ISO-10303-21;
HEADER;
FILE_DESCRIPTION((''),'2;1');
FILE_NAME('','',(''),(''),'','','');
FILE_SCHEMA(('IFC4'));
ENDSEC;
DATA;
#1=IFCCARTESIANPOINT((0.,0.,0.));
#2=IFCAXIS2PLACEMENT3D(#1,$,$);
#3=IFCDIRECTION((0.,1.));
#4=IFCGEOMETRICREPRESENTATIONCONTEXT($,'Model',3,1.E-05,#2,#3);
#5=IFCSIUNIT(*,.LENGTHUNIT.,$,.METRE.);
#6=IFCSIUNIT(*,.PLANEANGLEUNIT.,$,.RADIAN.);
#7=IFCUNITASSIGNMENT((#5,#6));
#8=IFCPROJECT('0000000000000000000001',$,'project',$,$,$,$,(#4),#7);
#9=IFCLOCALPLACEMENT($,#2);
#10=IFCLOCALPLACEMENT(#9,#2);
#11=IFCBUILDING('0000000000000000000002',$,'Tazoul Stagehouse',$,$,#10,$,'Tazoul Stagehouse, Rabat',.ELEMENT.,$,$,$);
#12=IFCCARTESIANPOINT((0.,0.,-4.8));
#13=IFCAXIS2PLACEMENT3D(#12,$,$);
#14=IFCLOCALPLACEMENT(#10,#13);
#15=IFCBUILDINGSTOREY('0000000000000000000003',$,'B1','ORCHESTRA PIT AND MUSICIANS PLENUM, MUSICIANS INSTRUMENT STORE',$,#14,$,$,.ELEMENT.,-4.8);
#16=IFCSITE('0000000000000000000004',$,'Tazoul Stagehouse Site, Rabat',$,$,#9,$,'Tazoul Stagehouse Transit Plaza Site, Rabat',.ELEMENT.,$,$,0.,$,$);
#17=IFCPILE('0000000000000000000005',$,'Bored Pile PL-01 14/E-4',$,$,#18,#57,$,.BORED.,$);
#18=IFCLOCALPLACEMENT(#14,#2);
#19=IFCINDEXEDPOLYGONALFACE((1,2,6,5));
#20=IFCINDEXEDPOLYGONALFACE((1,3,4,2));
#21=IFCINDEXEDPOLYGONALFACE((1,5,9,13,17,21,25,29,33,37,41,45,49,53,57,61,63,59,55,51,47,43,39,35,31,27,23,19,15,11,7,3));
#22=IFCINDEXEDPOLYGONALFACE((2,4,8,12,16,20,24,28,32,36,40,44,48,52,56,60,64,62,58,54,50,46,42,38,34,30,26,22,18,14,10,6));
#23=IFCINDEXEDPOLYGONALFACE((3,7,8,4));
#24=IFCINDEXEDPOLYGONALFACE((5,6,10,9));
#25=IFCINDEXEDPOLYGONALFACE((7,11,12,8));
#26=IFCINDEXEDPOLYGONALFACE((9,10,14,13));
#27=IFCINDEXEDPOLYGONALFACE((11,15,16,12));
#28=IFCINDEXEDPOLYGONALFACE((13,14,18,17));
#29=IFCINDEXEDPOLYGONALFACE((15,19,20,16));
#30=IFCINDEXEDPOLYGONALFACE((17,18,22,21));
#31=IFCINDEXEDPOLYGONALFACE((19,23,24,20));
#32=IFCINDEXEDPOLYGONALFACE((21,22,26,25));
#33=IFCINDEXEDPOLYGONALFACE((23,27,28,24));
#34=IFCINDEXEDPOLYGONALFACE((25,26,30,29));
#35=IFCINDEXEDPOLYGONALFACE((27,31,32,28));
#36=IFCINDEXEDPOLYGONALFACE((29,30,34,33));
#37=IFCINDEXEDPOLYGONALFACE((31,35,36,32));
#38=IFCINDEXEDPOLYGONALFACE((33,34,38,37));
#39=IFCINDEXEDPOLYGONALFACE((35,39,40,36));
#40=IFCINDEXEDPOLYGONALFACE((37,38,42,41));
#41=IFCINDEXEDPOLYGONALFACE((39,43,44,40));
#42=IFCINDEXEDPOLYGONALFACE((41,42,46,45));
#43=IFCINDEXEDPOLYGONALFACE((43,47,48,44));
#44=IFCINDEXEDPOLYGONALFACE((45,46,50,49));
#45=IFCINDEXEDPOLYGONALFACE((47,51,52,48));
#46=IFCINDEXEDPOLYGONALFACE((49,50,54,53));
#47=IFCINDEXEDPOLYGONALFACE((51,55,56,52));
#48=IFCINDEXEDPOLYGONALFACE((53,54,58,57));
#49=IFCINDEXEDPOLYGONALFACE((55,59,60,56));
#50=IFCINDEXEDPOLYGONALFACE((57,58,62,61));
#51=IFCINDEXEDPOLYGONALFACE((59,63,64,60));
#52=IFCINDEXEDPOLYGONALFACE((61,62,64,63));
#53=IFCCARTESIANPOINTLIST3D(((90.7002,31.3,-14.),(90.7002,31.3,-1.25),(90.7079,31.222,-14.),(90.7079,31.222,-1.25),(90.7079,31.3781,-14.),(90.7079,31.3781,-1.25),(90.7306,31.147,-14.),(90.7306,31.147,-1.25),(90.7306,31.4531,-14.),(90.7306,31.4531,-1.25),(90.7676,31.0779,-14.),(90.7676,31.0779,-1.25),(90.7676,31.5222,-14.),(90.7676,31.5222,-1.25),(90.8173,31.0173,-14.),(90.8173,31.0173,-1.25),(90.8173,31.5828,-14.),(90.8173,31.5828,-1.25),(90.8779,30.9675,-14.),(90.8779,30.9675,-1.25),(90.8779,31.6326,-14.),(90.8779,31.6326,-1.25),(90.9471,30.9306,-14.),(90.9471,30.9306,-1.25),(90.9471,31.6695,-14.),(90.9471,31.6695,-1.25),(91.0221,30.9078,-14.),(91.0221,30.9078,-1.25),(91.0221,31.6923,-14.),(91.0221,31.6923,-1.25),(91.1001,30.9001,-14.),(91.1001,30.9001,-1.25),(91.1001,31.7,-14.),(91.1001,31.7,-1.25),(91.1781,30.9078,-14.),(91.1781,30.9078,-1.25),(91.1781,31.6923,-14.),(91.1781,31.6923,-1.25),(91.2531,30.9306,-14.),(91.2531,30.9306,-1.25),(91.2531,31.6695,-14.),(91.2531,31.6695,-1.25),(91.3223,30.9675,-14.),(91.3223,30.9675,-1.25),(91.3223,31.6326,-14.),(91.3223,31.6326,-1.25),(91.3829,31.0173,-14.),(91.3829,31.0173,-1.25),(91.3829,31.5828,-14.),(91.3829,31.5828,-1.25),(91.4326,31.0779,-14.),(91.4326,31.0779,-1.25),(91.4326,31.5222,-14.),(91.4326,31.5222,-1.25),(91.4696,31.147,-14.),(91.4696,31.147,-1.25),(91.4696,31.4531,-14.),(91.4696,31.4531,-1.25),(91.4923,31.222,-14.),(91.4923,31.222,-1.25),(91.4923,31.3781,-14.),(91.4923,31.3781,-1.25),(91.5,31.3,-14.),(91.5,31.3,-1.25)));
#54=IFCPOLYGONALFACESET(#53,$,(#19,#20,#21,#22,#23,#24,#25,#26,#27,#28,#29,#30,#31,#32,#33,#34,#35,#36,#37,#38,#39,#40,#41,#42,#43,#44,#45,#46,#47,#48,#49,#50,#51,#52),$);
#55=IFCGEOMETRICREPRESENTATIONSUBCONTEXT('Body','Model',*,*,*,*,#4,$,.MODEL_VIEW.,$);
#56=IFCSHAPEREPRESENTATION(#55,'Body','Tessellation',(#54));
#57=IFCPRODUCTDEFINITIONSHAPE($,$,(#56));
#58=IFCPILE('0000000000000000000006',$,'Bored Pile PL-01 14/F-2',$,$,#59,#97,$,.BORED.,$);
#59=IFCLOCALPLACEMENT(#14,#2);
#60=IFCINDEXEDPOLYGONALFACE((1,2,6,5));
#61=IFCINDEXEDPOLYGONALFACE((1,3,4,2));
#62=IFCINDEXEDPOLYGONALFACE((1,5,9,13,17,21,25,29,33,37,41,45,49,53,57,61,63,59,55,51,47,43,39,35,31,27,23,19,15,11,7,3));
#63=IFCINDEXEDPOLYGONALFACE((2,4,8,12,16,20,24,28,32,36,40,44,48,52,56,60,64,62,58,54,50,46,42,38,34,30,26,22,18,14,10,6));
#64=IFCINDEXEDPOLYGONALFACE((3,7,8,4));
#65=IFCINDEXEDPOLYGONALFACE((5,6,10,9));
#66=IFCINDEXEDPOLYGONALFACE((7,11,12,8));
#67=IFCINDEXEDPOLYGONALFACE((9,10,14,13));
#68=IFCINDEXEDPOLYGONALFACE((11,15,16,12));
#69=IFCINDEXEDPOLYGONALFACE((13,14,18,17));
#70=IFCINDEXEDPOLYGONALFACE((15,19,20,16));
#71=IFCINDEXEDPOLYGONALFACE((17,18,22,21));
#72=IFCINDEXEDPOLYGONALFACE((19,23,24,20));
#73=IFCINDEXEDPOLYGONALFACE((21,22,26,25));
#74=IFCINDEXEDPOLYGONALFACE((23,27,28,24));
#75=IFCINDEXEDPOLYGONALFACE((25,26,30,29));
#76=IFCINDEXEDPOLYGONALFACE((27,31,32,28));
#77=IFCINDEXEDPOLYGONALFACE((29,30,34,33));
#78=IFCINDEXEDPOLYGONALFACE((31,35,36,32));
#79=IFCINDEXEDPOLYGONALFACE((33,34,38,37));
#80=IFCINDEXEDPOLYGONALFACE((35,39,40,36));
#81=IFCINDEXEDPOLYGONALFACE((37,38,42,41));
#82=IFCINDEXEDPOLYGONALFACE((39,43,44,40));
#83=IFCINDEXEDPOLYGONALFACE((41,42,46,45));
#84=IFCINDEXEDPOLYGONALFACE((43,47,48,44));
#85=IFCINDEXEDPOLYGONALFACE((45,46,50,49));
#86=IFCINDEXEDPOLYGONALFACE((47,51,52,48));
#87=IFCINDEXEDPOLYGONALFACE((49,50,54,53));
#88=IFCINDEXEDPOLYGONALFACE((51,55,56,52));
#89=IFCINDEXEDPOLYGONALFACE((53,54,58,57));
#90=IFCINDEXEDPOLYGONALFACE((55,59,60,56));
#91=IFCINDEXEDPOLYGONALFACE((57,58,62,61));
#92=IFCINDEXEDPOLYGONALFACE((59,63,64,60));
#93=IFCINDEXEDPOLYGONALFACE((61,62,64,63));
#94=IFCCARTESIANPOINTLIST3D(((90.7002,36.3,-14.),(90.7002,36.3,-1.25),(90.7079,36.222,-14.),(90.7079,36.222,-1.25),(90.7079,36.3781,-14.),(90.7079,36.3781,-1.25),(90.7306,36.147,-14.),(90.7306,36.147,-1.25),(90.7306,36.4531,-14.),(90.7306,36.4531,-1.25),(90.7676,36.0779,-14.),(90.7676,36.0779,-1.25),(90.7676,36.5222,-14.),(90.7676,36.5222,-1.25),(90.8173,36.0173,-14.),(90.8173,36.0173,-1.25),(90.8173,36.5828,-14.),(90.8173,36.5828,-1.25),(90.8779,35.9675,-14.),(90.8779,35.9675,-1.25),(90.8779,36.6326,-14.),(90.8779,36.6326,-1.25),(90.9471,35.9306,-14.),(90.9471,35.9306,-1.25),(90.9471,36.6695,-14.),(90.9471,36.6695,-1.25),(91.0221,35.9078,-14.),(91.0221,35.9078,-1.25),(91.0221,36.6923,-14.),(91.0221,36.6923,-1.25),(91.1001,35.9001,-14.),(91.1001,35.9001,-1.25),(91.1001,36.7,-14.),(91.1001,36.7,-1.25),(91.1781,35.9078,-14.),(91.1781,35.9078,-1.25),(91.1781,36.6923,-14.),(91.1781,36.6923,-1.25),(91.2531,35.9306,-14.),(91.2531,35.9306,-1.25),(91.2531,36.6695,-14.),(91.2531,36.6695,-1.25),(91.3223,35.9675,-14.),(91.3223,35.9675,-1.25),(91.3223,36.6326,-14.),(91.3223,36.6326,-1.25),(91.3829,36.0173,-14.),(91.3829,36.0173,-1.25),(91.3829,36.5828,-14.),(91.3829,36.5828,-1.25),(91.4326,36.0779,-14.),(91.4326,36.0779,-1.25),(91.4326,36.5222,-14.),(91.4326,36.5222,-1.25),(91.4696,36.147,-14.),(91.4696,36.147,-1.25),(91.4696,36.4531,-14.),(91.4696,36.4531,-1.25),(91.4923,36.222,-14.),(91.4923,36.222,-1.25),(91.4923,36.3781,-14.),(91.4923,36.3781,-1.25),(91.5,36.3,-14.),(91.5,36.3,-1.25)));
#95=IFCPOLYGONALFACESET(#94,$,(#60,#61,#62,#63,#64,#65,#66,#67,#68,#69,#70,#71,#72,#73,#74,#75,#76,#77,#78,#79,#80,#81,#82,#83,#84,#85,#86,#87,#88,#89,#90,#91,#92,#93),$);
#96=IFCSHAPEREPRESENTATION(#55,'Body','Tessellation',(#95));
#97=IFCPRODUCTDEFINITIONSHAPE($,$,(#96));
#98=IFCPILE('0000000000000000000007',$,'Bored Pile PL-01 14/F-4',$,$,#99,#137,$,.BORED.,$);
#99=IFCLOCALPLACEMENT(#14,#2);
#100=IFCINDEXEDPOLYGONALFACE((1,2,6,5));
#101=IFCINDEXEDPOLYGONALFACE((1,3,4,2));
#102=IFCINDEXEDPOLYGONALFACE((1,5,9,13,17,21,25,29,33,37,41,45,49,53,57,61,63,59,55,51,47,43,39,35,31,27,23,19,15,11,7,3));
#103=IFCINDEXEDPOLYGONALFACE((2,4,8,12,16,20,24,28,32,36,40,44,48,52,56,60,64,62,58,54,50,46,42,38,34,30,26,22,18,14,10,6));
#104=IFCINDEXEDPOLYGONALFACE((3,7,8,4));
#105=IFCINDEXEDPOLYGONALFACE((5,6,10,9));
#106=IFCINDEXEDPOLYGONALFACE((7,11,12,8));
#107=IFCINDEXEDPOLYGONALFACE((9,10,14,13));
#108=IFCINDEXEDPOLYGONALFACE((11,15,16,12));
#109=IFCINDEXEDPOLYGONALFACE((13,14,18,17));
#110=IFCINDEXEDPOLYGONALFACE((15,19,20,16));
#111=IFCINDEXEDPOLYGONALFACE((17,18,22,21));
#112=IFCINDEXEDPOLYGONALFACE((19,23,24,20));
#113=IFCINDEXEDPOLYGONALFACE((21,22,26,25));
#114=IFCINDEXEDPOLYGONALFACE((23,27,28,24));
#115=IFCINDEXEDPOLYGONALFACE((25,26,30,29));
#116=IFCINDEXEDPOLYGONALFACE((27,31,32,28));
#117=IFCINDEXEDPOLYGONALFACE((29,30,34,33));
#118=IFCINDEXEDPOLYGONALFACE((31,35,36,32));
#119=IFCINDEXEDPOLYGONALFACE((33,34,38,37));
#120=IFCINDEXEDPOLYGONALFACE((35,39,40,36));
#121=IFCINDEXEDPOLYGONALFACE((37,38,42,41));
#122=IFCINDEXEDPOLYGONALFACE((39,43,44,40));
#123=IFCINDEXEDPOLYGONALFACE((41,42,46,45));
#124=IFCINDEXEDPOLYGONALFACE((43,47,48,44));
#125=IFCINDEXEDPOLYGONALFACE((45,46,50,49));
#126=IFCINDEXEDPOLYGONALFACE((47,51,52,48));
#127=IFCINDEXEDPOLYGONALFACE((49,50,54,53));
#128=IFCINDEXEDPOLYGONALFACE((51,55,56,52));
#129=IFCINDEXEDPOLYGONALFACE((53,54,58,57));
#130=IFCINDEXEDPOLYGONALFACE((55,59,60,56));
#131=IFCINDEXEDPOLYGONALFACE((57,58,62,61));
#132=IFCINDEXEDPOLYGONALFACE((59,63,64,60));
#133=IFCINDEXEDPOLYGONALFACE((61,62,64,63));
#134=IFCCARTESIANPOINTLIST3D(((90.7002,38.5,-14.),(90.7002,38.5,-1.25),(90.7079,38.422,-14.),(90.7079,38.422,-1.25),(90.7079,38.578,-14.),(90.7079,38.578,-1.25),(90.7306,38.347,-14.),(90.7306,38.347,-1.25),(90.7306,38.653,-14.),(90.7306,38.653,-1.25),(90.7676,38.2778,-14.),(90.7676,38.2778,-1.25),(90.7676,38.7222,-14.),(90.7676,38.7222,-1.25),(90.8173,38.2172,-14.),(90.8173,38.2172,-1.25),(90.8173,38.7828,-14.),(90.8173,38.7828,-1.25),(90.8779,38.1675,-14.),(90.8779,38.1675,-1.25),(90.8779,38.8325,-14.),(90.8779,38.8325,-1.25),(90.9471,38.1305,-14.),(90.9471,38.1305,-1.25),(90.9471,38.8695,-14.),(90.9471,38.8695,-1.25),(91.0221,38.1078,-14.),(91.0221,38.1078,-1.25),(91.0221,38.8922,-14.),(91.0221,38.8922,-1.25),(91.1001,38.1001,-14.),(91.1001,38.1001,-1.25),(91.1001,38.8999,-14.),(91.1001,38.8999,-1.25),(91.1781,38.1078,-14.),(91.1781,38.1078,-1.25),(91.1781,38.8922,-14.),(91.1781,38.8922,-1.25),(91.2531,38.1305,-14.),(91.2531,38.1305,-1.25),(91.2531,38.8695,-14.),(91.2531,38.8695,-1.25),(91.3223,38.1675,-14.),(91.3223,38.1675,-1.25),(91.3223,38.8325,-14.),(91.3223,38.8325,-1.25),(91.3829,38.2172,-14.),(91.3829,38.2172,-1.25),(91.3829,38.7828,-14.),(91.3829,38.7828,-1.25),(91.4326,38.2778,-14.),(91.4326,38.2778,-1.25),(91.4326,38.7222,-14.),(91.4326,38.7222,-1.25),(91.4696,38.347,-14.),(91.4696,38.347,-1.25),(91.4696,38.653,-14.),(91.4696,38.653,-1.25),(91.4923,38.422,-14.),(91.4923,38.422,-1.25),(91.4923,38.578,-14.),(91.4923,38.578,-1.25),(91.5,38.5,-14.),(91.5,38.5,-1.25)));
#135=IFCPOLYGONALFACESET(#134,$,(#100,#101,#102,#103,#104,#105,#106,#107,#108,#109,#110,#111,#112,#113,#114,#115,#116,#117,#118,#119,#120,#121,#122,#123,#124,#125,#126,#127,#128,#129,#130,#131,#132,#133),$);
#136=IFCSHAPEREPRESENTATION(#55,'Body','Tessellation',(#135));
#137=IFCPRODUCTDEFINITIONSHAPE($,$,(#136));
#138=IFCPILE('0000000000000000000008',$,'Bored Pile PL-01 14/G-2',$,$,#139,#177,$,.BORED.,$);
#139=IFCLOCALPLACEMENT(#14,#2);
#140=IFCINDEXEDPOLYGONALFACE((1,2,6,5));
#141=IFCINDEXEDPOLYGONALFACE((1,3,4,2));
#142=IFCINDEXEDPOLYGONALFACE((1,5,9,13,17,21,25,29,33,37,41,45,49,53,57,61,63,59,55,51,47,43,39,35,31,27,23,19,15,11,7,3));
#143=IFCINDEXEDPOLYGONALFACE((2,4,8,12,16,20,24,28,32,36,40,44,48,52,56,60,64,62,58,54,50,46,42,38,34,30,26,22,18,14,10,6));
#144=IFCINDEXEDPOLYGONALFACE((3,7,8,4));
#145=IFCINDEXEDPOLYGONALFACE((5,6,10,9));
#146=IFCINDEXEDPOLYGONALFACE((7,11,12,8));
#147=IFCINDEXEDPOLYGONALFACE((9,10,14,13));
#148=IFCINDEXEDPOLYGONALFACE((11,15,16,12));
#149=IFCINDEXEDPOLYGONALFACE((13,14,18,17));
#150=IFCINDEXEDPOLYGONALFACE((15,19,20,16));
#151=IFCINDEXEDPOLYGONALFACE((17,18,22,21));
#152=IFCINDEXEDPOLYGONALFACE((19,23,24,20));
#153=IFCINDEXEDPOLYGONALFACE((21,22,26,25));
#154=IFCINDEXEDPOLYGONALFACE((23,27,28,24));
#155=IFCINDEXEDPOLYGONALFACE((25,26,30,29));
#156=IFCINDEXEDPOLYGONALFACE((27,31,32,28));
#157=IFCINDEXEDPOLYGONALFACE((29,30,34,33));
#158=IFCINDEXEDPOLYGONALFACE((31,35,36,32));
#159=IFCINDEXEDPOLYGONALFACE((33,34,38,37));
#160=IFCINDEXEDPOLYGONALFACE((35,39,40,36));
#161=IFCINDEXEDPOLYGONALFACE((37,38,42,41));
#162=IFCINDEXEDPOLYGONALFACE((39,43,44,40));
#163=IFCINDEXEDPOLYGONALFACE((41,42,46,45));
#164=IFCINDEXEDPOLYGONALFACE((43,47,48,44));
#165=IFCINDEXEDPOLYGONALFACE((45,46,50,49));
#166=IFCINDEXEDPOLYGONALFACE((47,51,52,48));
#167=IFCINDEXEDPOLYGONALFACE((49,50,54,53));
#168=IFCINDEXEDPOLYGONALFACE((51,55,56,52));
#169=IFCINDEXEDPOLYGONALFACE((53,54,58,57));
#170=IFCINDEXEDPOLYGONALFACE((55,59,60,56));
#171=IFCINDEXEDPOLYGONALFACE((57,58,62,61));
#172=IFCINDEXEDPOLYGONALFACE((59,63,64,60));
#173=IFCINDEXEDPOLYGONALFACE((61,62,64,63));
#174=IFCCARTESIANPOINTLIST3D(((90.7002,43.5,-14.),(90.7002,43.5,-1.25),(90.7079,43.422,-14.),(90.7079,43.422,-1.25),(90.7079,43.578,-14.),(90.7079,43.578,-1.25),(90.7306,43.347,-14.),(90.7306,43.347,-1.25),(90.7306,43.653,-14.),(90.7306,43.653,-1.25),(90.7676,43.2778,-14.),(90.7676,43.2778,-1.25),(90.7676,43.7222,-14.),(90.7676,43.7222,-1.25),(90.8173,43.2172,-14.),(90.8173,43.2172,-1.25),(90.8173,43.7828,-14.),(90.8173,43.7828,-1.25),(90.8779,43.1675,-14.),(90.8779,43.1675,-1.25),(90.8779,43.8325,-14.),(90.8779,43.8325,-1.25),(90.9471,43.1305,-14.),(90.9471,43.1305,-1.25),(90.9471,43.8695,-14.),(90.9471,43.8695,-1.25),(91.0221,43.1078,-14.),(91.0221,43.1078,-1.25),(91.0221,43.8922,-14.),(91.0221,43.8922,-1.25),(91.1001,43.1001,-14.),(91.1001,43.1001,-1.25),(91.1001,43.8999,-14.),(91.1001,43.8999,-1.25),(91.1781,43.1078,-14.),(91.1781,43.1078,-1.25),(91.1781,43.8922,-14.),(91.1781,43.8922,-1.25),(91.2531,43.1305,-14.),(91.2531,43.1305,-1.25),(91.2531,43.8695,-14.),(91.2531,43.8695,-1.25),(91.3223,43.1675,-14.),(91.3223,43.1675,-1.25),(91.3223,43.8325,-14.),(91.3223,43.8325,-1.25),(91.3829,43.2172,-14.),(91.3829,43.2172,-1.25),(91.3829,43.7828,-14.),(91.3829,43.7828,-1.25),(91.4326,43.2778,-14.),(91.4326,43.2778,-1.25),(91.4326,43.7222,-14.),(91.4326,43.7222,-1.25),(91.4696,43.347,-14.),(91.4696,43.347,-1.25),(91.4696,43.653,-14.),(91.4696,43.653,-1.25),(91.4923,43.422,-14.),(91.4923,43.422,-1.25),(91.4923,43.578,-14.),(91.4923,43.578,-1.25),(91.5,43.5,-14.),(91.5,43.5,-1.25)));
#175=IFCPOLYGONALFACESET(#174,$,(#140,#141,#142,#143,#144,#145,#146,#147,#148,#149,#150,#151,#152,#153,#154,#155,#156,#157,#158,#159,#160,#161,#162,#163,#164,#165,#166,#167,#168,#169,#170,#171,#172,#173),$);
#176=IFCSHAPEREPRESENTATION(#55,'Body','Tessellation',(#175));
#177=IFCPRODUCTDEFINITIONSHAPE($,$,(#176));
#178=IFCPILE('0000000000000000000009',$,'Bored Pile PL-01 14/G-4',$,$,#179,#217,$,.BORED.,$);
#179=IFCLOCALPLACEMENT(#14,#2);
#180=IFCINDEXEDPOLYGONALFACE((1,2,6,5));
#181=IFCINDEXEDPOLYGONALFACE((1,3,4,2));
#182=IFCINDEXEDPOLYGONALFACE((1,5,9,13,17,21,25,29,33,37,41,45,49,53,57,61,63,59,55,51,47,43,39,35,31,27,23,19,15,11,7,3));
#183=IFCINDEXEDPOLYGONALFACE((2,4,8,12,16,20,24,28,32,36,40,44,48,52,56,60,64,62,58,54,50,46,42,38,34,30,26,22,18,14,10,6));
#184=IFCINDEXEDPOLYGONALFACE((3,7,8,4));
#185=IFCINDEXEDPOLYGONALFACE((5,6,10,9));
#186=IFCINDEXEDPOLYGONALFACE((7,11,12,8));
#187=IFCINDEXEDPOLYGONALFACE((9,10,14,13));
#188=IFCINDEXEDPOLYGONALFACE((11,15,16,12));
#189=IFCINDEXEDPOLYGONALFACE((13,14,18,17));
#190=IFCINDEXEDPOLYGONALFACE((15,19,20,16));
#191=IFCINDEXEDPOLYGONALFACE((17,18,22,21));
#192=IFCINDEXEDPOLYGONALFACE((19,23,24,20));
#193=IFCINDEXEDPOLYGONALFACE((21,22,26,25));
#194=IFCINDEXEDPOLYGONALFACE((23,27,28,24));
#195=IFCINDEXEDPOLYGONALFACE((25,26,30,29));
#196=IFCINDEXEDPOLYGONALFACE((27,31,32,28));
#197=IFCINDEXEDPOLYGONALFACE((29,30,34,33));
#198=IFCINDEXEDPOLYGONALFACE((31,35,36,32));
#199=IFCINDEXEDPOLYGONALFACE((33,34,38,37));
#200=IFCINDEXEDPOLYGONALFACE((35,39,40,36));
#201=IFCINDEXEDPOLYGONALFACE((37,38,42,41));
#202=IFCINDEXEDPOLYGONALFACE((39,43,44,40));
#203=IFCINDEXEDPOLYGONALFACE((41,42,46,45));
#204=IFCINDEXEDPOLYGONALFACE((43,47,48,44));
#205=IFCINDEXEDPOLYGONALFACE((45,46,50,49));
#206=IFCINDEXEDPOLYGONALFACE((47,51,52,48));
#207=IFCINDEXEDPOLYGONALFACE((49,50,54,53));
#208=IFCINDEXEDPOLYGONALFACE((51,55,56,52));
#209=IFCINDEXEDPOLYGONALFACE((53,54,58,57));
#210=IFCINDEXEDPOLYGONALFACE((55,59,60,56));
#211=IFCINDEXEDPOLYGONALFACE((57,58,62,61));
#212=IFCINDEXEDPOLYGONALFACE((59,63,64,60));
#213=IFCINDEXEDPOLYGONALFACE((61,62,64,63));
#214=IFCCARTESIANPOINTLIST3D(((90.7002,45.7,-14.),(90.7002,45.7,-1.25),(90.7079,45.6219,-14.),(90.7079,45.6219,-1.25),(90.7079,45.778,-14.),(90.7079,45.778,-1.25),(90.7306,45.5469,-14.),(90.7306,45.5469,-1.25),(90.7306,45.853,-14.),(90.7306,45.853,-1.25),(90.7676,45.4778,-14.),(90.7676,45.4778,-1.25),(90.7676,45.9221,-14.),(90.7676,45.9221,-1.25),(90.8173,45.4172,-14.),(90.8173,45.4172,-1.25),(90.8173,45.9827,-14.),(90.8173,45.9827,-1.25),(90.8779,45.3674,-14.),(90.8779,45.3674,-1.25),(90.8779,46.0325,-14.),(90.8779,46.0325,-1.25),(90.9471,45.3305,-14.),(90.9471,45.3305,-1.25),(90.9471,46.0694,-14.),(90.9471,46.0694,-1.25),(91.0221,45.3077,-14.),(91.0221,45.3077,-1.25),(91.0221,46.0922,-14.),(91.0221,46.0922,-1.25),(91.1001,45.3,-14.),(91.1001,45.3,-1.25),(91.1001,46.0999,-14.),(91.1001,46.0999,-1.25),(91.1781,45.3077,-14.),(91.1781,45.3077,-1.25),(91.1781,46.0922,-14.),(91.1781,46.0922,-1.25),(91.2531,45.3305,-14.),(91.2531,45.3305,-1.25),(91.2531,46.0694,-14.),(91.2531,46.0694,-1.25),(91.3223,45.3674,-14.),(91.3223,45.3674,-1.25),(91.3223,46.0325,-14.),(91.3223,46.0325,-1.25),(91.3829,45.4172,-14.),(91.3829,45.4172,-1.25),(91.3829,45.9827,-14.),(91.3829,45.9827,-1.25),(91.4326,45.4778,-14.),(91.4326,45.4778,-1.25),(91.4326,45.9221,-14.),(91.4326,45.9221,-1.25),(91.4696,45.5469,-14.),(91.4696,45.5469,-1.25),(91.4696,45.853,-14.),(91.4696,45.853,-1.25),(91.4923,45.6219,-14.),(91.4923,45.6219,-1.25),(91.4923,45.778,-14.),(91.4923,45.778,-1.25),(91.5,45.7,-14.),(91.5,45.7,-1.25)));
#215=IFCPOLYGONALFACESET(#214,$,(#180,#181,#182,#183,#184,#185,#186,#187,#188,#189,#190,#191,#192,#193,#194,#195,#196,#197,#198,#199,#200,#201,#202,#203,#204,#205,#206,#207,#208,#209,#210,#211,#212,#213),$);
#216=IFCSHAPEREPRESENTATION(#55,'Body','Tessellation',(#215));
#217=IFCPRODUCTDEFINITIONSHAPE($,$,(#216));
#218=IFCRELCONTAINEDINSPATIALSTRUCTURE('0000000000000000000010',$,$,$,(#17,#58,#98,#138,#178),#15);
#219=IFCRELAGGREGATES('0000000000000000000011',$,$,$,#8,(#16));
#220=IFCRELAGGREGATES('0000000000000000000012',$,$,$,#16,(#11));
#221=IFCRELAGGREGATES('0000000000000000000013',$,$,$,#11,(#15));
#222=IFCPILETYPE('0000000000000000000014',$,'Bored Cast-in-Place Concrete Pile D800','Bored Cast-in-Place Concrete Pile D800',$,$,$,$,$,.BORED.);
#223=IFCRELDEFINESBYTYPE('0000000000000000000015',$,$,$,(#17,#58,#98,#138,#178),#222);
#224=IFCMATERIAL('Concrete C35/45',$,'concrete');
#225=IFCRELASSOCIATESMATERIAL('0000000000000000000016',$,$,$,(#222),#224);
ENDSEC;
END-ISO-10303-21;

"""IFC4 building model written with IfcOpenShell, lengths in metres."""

from ifc_helpers import new_model, si_unit, direction, frame, origin, origin_2d, place, context, subcontext, project, spatial, circle, extrude, material, material_profile, profile_set, type_object, element, save


model = new_model("IFC4")

# Units and contexts
model_context = context("Model", 3, precision=1e-05, world=origin(), true_north=direction((0.0, 1.0)))
body_context = subcontext(model_context, "Body", "Model", "MODEL_VIEW")
ifc_project = project(units=[si_unit("LENGTHUNIT", "METRE"), si_unit("PLANEANGLEUNIT", "RADIAN")], contexts=[model_context])

# Site, building, storey
site_placement = place(None, origin())
site = spatial("IfcSite", under=ifc_project, at=site_placement, Name="Tazoul Stagehouse Site, Rabat", LongName="Tazoul Stagehouse Transit Plaza Site, Rabat", CompositionType="ELEMENT", RefElevation=0.0)
building_placement = place(site_placement, origin())
building = spatial("IfcBuilding", under=site, at=building_placement, Name="Tazoul Stagehouse", LongName="Tazoul Stagehouse, Rabat", CompositionType="ELEMENT")
storey_placement = place(building_placement, frame((0.0, 0.0, -4.8)))
storey = spatial("IfcBuildingStorey", under=building, at=storey_placement, Name="B1", Description="ORCHESTRA PIT AND MUSICIANS PLENUM, MUSICIANS INSTRUMENT STORE", CompositionType="ELEMENT", Elevation=-4.8)

# Piles
ifc_material_1 = material(Name="Concrete C35/45", Category="concrete")
ifc_material_profile_1 = material_profile(ifc_material_1, circle(Radius=0.3999, at=origin_2d()), Name="BORED PILE 800")
ifc_profile_set_1 = profile_set([ifc_material_profile_1], Name="Concrete C35/45")
pile_type = type_object("IfcPileType", Name="Bored Cast-in-Place Concrete Pile D800", Description="Bored Cast-in-Place Concrete Pile D800", PredefinedType="BORED", material=ifc_profile_set_1)
for number, where, z_axis, x_axis, name in (
    (1, (91.1001, 31.3, -1.25), (0.0, 0.0, -1.0), (1.0, 0.0, 0.0), "Bored Pile PL-01 14/E-4"),
    (2, (91.1001, 36.3, -1.25), (0.0, 0.0, -1.0), (1.0, 0.0, 0.0), "Bored Pile PL-01 14/F-2"),
    (3, (91.1001, 38.5, -1.25), (0.0, 0.0, -1.0), (1.0, 0.0, 0.0), "Bored Pile PL-01 14/F-4"),
    (4, (91.1001, 43.5, -1.25), (0.0, 0.0, -1.0), (1.0, 0.0, 0.0), "Bored Pile PL-01 14/G-2"),
    (5, (91.1001, 45.7, -1.25), (0.0, 0.0, -1.0), (1.0, 0.0, 0.0), "Bored Pile PL-01 14/G-4"),
):
    element("IfcPile", number, at=place(storey_placement, frame(where, z_axis=z_axis, x_axis=x_axis)), inside=storey, type_object=pile_type, Name=name, PredefinedType="BORED", context=body_context, shape_type="SweptSolid", body=[
        extrude(circle(Radius=0.3999, at=origin_2d()), origin(), (0.0, 0.0, 1.0), 12.75),
    ])

save(model, "model.ifc")
